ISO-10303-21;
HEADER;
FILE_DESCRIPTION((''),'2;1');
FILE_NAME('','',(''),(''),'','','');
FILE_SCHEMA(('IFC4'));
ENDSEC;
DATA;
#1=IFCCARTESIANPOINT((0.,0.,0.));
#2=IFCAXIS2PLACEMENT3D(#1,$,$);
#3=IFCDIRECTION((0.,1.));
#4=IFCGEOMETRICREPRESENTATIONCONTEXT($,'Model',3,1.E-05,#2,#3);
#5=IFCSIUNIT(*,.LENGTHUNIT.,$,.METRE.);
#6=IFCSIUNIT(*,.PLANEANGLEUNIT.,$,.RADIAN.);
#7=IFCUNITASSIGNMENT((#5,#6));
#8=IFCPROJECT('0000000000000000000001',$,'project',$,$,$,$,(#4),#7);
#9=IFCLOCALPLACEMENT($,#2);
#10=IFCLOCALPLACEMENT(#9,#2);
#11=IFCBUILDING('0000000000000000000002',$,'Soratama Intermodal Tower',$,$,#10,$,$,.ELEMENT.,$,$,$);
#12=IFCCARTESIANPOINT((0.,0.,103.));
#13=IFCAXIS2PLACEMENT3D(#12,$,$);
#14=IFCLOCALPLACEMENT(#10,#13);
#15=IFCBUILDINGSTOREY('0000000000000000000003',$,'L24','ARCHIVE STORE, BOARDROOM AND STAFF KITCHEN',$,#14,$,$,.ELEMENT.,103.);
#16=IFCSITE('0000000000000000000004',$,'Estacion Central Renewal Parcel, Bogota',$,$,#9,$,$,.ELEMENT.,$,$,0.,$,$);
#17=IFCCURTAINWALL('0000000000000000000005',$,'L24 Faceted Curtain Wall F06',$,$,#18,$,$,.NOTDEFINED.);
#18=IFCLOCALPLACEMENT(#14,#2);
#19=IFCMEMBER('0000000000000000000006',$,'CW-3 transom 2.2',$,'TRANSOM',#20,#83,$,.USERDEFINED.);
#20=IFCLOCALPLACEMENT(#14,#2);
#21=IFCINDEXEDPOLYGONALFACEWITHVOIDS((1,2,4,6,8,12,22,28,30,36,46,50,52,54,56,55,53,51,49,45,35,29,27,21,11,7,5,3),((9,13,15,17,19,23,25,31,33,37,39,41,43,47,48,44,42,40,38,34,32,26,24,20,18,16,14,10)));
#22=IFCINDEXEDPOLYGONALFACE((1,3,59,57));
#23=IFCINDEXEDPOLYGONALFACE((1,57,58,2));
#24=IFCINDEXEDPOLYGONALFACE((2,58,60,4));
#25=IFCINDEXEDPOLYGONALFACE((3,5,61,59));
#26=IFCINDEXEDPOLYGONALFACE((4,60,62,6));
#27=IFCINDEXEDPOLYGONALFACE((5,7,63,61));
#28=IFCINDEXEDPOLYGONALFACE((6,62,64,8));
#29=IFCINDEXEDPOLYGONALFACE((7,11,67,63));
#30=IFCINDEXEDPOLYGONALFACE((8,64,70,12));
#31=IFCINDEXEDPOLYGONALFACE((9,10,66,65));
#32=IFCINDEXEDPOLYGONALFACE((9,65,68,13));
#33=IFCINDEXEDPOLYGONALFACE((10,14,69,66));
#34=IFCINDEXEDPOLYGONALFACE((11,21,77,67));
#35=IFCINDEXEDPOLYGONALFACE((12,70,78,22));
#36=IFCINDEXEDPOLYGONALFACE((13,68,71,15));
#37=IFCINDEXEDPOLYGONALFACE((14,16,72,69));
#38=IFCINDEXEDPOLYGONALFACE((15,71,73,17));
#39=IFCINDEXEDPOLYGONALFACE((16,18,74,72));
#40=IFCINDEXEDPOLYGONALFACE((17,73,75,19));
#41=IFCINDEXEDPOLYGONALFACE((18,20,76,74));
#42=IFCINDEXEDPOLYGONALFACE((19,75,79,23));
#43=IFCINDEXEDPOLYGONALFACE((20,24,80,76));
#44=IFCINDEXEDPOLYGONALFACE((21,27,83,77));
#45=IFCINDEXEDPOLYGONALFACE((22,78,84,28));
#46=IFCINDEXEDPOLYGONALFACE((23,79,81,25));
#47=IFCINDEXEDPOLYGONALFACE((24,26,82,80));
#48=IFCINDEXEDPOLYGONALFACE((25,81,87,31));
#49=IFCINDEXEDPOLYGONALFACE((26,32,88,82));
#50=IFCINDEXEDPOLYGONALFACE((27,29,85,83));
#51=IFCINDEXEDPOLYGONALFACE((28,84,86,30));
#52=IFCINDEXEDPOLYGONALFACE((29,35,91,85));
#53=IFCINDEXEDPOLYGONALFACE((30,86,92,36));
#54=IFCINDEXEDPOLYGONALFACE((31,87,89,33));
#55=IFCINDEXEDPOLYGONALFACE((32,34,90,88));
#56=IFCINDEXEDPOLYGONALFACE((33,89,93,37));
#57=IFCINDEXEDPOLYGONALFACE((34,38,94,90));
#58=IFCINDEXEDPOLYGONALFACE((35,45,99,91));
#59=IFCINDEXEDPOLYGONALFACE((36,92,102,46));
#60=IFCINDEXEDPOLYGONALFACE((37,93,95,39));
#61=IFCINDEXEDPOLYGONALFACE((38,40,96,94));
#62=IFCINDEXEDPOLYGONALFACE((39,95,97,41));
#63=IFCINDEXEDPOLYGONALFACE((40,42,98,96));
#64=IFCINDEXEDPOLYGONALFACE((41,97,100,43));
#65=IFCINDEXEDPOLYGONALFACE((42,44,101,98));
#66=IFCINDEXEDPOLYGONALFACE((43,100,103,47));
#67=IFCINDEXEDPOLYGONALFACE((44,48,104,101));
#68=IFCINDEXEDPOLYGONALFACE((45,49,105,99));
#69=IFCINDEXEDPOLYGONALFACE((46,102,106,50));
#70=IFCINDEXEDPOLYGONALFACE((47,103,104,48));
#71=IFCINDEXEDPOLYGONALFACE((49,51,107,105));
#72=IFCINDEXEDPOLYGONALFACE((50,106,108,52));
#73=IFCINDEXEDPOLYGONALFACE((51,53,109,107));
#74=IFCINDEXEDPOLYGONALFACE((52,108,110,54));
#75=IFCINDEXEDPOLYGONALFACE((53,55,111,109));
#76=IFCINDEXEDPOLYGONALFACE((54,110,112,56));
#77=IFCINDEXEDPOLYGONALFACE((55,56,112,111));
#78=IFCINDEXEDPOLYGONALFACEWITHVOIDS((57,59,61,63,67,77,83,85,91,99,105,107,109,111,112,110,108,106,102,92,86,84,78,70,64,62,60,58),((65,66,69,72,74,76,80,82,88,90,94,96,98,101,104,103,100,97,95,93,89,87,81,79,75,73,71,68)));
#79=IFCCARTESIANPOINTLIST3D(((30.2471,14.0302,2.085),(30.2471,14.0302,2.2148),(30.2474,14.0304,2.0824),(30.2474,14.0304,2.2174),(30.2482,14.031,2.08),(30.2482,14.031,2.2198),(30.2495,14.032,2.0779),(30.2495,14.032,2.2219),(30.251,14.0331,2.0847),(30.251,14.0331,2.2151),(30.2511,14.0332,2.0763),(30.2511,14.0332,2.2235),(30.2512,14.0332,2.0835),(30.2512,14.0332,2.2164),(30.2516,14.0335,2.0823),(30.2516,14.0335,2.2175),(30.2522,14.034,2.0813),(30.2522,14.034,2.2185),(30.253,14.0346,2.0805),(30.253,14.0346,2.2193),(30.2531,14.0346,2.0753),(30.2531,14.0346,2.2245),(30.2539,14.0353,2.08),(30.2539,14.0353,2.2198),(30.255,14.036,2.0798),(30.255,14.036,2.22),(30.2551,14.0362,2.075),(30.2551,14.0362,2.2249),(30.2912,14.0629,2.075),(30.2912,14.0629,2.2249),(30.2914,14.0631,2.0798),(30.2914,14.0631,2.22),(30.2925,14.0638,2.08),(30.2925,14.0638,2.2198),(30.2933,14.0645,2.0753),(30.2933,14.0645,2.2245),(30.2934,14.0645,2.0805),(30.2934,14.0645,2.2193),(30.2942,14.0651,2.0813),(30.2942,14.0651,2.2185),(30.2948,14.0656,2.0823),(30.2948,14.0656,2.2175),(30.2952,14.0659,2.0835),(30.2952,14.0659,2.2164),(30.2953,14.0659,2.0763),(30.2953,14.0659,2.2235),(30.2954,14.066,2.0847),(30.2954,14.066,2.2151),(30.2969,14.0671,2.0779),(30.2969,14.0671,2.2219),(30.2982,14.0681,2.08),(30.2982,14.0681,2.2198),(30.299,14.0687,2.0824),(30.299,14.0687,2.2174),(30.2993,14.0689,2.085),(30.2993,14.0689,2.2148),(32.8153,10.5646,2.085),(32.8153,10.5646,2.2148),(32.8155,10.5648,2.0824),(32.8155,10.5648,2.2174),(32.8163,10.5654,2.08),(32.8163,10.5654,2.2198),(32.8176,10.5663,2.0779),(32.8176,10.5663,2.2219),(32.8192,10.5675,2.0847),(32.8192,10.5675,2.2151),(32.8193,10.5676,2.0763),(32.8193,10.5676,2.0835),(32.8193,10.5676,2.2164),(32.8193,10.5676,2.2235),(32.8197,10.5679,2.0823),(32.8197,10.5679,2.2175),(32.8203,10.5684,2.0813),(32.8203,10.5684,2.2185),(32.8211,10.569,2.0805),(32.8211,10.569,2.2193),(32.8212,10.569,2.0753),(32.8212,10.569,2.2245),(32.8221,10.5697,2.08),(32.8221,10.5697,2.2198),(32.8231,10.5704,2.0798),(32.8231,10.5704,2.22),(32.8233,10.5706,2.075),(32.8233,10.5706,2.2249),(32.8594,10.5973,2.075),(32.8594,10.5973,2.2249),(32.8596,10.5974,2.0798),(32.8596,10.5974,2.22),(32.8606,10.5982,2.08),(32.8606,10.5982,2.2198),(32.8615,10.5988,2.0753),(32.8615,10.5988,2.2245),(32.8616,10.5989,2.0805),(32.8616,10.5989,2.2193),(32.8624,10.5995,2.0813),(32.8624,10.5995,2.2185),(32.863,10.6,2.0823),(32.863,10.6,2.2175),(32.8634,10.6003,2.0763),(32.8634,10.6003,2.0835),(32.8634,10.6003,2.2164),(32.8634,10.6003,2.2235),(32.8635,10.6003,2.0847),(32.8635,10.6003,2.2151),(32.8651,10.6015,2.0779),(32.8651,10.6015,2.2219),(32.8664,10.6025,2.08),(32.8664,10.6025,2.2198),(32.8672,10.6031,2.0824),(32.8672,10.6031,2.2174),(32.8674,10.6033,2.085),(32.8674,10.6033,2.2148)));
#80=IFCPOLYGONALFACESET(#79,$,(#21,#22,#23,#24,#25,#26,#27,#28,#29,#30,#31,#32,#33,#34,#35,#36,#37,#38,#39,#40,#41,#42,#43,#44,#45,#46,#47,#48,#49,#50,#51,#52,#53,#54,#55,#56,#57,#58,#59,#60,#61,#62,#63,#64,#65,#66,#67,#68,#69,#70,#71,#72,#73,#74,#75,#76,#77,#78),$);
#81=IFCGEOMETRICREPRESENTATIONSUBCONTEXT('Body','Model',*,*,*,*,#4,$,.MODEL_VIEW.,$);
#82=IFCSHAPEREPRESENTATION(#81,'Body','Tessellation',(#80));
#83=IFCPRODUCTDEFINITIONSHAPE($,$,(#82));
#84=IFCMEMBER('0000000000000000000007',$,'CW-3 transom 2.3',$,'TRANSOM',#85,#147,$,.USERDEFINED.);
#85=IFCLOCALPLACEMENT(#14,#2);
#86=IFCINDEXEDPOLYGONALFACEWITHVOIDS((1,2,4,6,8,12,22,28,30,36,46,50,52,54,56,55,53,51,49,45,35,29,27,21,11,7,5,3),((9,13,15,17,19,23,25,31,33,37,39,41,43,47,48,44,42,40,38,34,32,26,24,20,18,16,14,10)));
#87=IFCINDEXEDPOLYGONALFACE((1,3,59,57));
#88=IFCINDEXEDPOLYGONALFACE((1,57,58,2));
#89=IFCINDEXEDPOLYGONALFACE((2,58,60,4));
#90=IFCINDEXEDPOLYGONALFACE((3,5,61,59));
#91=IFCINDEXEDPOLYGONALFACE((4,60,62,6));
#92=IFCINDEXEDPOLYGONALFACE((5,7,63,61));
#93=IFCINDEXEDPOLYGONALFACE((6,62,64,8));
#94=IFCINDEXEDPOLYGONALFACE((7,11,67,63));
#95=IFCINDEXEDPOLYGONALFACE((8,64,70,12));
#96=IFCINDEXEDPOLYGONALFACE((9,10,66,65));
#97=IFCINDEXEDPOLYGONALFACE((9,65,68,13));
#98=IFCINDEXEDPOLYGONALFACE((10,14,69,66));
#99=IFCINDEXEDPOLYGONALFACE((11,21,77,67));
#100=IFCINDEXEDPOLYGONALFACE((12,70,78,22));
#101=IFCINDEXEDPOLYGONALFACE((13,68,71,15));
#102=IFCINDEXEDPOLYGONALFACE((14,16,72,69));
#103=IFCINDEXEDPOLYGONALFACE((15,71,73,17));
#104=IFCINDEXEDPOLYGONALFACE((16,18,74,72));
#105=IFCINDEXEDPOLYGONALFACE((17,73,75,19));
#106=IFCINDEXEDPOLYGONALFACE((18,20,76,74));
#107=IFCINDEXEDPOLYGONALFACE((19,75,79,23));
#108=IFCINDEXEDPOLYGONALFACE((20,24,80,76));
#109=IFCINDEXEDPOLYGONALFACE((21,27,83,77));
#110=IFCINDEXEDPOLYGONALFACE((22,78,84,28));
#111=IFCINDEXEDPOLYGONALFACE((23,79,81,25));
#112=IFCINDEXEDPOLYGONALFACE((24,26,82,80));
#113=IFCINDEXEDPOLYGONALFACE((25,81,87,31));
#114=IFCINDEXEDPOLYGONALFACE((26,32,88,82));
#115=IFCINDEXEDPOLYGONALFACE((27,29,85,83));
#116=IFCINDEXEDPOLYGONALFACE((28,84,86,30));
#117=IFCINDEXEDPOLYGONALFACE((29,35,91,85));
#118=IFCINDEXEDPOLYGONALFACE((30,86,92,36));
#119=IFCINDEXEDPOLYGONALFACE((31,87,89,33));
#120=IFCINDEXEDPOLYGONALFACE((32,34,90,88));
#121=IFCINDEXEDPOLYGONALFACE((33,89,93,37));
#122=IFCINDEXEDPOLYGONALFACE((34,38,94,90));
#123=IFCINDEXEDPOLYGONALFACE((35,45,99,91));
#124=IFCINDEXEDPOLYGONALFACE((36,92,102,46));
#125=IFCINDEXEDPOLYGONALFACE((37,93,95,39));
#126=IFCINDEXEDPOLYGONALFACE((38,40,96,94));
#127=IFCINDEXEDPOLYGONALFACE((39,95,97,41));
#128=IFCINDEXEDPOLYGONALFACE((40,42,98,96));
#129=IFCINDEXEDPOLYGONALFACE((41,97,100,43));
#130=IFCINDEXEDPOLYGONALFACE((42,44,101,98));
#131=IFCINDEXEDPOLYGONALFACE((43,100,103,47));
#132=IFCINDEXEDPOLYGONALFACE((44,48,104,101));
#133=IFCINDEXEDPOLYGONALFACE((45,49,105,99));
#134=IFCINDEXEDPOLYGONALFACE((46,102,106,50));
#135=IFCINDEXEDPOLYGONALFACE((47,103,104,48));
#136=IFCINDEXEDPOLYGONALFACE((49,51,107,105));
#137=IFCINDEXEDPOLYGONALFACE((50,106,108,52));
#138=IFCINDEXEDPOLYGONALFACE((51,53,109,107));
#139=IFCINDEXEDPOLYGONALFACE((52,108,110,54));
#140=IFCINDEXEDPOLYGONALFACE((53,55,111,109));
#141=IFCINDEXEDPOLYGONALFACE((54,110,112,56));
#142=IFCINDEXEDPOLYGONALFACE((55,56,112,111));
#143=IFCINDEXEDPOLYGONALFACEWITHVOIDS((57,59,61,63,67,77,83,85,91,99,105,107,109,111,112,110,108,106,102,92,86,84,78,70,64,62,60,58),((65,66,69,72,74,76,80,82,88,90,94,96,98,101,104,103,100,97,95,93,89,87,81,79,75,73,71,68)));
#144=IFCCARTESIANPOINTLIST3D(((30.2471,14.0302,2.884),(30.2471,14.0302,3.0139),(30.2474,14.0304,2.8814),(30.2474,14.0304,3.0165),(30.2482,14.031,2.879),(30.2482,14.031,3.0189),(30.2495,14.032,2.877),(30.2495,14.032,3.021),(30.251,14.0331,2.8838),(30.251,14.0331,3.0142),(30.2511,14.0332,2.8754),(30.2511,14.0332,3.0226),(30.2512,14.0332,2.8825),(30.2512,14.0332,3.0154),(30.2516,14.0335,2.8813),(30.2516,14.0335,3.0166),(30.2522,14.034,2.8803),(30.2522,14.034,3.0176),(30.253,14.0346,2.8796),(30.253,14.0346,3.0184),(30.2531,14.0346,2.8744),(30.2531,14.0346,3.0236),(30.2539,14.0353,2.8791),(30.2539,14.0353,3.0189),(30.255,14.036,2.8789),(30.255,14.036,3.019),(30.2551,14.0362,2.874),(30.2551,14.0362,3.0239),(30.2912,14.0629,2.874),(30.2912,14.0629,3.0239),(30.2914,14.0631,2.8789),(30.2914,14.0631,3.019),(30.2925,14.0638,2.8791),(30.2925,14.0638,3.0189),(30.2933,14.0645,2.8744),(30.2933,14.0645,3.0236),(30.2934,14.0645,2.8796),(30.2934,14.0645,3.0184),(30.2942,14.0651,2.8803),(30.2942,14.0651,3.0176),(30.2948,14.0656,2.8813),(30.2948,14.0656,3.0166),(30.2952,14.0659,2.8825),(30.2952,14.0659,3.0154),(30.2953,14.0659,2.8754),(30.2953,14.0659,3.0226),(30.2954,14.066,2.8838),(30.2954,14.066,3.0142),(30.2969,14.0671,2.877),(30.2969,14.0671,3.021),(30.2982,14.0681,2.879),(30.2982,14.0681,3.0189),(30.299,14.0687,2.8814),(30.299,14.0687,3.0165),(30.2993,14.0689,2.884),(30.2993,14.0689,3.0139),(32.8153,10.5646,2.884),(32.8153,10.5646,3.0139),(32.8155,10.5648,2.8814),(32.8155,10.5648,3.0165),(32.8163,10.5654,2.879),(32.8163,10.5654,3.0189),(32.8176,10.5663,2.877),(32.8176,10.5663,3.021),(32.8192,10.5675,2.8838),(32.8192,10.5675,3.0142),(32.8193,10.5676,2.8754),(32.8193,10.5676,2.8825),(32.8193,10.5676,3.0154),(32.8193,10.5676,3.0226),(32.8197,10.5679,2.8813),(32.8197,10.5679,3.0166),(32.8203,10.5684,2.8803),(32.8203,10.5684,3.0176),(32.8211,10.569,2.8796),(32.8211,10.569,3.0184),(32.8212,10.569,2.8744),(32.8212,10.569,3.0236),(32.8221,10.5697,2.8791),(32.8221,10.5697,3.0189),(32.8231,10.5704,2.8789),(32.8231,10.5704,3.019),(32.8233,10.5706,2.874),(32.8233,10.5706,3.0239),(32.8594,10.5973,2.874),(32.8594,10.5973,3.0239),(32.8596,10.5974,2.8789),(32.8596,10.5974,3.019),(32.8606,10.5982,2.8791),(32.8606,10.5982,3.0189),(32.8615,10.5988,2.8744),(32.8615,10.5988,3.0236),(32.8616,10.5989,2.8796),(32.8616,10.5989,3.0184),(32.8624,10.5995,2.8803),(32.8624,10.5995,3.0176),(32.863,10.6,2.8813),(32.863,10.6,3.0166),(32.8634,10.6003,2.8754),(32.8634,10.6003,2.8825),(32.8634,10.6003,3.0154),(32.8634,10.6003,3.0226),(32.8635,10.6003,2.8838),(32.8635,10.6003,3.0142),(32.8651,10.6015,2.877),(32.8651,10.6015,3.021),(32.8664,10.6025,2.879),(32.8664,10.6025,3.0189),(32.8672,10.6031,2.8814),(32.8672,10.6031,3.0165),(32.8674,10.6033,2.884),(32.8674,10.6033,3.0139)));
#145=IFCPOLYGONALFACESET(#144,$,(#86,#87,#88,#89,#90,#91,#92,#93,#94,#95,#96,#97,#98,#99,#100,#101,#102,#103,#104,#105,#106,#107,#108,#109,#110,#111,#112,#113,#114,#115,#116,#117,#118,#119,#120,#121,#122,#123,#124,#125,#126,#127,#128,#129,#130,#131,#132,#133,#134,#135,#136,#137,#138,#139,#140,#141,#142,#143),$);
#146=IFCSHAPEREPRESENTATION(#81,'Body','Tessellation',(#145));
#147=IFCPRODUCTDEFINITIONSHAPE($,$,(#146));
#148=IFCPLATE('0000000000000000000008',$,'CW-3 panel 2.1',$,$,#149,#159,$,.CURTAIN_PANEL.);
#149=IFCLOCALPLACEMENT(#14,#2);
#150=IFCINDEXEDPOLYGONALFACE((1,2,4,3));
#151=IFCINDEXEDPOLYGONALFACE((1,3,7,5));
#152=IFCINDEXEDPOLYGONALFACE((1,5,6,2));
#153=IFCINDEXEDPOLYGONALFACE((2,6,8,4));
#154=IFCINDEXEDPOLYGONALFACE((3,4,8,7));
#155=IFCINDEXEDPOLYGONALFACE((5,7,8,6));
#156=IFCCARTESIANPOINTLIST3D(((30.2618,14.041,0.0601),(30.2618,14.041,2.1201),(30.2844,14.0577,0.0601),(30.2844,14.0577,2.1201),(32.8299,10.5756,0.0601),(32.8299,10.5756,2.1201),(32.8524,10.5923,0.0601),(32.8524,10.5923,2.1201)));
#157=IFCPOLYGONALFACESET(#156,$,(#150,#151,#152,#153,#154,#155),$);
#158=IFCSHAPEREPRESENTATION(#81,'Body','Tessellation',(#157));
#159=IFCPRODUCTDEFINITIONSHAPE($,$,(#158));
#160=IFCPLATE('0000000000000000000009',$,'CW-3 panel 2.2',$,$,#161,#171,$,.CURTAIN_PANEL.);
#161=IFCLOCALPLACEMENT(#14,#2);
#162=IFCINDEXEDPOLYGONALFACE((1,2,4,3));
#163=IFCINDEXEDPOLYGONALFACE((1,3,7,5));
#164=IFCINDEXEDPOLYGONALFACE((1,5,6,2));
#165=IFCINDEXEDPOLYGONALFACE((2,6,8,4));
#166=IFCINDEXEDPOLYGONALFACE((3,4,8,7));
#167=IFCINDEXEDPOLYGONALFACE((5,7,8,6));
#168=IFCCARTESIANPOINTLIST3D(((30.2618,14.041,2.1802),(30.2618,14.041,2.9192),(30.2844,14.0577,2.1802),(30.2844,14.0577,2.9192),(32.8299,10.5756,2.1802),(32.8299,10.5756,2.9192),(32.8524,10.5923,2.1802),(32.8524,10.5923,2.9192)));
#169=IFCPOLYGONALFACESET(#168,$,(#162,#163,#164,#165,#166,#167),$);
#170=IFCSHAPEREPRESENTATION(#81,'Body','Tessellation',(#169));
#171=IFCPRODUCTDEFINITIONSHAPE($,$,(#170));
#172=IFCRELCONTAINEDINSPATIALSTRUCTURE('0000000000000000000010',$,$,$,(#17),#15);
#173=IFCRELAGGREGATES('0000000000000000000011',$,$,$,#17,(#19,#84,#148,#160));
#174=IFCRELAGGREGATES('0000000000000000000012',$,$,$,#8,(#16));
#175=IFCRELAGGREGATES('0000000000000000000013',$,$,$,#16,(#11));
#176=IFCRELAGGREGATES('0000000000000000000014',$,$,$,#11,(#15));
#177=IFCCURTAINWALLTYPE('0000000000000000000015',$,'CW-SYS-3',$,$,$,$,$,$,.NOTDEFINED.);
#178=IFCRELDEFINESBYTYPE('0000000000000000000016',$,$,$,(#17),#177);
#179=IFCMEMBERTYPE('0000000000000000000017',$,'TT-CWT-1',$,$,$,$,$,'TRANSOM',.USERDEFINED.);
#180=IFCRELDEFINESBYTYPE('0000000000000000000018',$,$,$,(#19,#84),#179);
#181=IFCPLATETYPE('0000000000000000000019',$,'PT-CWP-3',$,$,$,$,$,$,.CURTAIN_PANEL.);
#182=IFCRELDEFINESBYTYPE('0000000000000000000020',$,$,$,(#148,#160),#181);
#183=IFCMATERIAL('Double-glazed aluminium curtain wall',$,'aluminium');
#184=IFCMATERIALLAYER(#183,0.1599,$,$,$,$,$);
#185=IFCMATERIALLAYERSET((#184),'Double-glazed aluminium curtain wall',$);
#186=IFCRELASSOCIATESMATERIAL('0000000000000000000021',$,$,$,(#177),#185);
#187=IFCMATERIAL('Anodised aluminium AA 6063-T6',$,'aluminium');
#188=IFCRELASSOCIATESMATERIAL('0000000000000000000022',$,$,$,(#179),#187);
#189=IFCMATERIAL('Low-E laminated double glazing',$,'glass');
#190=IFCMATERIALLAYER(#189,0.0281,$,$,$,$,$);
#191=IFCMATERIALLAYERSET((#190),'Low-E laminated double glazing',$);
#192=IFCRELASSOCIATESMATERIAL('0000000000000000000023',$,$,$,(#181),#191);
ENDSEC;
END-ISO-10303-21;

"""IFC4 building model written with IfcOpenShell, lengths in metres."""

from ifc_helpers import new_model, si_unit, direction, frame, origin, origin_2d, place, context, subcontext, project, spatial, rectangle, hollow_rectangle, extrude, material, layer, layer_set, material_profile, profile_set, type_object, element, aggregate, save


model = new_model("IFC4")

# Units and contexts
model_context = context("Model", 3, precision=1e-05, world=origin(), true_north=direction((0.0, 1.0)))
body_context = subcontext(model_context, "Body", "Model", "MODEL_VIEW")
ifc_project = project(units=[si_unit("LENGTHUNIT", "METRE"), si_unit("PLANEANGLEUNIT", "RADIAN")], contexts=[model_context])

# Site, building, storey
site_placement = place(None, origin())
site = spatial("IfcSite", under=ifc_project, at=site_placement, Name="Estacion Central Renewal Parcel, Bogota", CompositionType="ELEMENT", RefElevation=0.0)
building_placement = place(site_placement, origin())
building = spatial("IfcBuilding", under=site, at=building_placement, Name="Soratama Intermodal Tower", CompositionType="ELEMENT")
storey_placement = place(building_placement, frame((0.0, 0.0, 103.0)))
storey = spatial("IfcBuildingStorey", under=building, at=storey_placement, Name="L24", Description="ARCHIVE STORE, BOARDROOM AND STAFF KITCHEN", CompositionType="ELEMENT", Elevation=103.0)

# Curtain wall, members, plates
ifc_material_1 = material(Name="Double-glazed aluminium curtain wall", Category="aluminium")
ifc_layer_1 = layer(ifc_material_1, 0.1599)
ifc_layer_set_1 = layer_set([ifc_layer_1], Name="Double-glazed aluminium curtain wall")
curtain_wall_type = type_object("IfcCurtainWallType", Name="CW-SYS-3", PredefinedType="NOTDEFINED", material=ifc_layer_set_1)
curtain_wall_placement = place(storey_placement, origin())
curtain_wall = element("IfcCurtainWall", 1, at=curtain_wall_placement, inside=storey, type_object=curtain_wall_type, Name="L24 Faceted Curtain Wall F06", PredefinedType="NOTDEFINED")
ifc_material_2 = material(Name="Anodised aluminium AA 6063-T6", Category="aluminium")
ifc_material_profile_1 = material_profile(ifc_material_2, hollow_rectangle(XDim=0.0649, YDim=0.1499, WallThickness=0.0049, InnerFilletRadius=0.0049, OuterFilletRadius=0.01, at=origin_2d()), Name="CWT150X65X5")
ifc_profile_set_1 = profile_set([ifc_material_profile_1], Name="Anodised aluminium AA 6063-T6")
member_type_1 = type_object("IfcMemberType", Name="TT-CWT-1", ElementType="TRANSOM", PredefinedType="USERDEFINED", material=ifc_profile_set_1)
member_1_placement = place(storey_placement, frame((30.2732, 14.0496, 2.1499), z_axis=(0.59538, -0.803444, 0.0), x_axis=(0.803444, 0.59538, 0.0)))
member_1 = element("IfcMember", 2, at=member_1_placement, type_object=member_type_1, Name="CW-3 transom 2.2", ObjectType="TRANSOM", PredefinedType="USERDEFINED", context=body_context, shape_type="SweptSolid", body=[
    extrude(hollow_rectangle(XDim=0.0649, YDim=0.1499, WallThickness=0.0049, InnerFilletRadius=0.0049, OuterFilletRadius=0.01, at=origin_2d()), origin(), (0.0, 0.0, 1.0), 4.3135),
])
member_2_placement = place(storey_placement, frame((30.2732, 14.0496, 2.949), z_axis=(0.59538, -0.803444, 0.0), x_axis=(0.803444, 0.59538, 0.0)))
member_2 = element("IfcMember", 3, at=member_2_placement, type_object=member_type_1, Name="CW-3 transom 2.3", ObjectType="TRANSOM", PredefinedType="USERDEFINED", context=body_context, shape_type="SweptSolid", body=[
    extrude(hollow_rectangle(XDim=0.0649, YDim=0.1499, WallThickness=0.0049, InnerFilletRadius=0.0049, OuterFilletRadius=0.01, at=origin_2d()), origin(), (0.0, 0.0, 1.0), 4.3135),
])
ifc_material_3 = material(Name="Low-E laminated double glazing", Category="glass")
ifc_layer_2 = layer(ifc_material_3, 0.0281)
ifc_layer_set_2 = layer_set([ifc_layer_2], Name="Low-E laminated double glazing")
plate_type = type_object("IfcPlateType", Name="PT-CWP-3", PredefinedType="CURTAIN_PANEL", material=ifc_layer_set_2)
plate_1_placement = place(storey_placement, frame((31.5571, 12.3167, 0.0601), z_axis=(0.0, 0.0, 1.0), x_axis=(0.595383, -0.803442, 0.0)))
plate_1 = element("IfcPlate", 4, at=plate_1_placement, type_object=plate_type, Name="CW-3 panel 2.1", PredefinedType="CURTAIN_PANEL", context=body_context, shape_type="SweptSolid", body=[
    extrude(rectangle(XDim=4.3132, YDim=0.0281, at=origin_2d()), origin(), (0.0, 0.0, 1.0), 2.0601),
])
plate_2_placement = place(storey_placement, frame((31.5571, 12.3167, 2.1802), z_axis=(0.0, 0.0, 1.0), x_axis=(0.595383, -0.803442, 0.0)))
plate_2 = element("IfcPlate", 5, at=plate_2_placement, type_object=plate_type, Name="CW-3 panel 2.2", PredefinedType="CURTAIN_PANEL", context=body_context, shape_type="SweptSolid", body=[
    extrude(rectangle(XDim=4.3132, YDim=0.0281, at=origin_2d()), origin(), (0.0, 0.0, 1.0), 0.739),
])
aggregate(curtain_wall, [member_1, member_2, plate_1, plate_2])

save(model, "model.ifc")
